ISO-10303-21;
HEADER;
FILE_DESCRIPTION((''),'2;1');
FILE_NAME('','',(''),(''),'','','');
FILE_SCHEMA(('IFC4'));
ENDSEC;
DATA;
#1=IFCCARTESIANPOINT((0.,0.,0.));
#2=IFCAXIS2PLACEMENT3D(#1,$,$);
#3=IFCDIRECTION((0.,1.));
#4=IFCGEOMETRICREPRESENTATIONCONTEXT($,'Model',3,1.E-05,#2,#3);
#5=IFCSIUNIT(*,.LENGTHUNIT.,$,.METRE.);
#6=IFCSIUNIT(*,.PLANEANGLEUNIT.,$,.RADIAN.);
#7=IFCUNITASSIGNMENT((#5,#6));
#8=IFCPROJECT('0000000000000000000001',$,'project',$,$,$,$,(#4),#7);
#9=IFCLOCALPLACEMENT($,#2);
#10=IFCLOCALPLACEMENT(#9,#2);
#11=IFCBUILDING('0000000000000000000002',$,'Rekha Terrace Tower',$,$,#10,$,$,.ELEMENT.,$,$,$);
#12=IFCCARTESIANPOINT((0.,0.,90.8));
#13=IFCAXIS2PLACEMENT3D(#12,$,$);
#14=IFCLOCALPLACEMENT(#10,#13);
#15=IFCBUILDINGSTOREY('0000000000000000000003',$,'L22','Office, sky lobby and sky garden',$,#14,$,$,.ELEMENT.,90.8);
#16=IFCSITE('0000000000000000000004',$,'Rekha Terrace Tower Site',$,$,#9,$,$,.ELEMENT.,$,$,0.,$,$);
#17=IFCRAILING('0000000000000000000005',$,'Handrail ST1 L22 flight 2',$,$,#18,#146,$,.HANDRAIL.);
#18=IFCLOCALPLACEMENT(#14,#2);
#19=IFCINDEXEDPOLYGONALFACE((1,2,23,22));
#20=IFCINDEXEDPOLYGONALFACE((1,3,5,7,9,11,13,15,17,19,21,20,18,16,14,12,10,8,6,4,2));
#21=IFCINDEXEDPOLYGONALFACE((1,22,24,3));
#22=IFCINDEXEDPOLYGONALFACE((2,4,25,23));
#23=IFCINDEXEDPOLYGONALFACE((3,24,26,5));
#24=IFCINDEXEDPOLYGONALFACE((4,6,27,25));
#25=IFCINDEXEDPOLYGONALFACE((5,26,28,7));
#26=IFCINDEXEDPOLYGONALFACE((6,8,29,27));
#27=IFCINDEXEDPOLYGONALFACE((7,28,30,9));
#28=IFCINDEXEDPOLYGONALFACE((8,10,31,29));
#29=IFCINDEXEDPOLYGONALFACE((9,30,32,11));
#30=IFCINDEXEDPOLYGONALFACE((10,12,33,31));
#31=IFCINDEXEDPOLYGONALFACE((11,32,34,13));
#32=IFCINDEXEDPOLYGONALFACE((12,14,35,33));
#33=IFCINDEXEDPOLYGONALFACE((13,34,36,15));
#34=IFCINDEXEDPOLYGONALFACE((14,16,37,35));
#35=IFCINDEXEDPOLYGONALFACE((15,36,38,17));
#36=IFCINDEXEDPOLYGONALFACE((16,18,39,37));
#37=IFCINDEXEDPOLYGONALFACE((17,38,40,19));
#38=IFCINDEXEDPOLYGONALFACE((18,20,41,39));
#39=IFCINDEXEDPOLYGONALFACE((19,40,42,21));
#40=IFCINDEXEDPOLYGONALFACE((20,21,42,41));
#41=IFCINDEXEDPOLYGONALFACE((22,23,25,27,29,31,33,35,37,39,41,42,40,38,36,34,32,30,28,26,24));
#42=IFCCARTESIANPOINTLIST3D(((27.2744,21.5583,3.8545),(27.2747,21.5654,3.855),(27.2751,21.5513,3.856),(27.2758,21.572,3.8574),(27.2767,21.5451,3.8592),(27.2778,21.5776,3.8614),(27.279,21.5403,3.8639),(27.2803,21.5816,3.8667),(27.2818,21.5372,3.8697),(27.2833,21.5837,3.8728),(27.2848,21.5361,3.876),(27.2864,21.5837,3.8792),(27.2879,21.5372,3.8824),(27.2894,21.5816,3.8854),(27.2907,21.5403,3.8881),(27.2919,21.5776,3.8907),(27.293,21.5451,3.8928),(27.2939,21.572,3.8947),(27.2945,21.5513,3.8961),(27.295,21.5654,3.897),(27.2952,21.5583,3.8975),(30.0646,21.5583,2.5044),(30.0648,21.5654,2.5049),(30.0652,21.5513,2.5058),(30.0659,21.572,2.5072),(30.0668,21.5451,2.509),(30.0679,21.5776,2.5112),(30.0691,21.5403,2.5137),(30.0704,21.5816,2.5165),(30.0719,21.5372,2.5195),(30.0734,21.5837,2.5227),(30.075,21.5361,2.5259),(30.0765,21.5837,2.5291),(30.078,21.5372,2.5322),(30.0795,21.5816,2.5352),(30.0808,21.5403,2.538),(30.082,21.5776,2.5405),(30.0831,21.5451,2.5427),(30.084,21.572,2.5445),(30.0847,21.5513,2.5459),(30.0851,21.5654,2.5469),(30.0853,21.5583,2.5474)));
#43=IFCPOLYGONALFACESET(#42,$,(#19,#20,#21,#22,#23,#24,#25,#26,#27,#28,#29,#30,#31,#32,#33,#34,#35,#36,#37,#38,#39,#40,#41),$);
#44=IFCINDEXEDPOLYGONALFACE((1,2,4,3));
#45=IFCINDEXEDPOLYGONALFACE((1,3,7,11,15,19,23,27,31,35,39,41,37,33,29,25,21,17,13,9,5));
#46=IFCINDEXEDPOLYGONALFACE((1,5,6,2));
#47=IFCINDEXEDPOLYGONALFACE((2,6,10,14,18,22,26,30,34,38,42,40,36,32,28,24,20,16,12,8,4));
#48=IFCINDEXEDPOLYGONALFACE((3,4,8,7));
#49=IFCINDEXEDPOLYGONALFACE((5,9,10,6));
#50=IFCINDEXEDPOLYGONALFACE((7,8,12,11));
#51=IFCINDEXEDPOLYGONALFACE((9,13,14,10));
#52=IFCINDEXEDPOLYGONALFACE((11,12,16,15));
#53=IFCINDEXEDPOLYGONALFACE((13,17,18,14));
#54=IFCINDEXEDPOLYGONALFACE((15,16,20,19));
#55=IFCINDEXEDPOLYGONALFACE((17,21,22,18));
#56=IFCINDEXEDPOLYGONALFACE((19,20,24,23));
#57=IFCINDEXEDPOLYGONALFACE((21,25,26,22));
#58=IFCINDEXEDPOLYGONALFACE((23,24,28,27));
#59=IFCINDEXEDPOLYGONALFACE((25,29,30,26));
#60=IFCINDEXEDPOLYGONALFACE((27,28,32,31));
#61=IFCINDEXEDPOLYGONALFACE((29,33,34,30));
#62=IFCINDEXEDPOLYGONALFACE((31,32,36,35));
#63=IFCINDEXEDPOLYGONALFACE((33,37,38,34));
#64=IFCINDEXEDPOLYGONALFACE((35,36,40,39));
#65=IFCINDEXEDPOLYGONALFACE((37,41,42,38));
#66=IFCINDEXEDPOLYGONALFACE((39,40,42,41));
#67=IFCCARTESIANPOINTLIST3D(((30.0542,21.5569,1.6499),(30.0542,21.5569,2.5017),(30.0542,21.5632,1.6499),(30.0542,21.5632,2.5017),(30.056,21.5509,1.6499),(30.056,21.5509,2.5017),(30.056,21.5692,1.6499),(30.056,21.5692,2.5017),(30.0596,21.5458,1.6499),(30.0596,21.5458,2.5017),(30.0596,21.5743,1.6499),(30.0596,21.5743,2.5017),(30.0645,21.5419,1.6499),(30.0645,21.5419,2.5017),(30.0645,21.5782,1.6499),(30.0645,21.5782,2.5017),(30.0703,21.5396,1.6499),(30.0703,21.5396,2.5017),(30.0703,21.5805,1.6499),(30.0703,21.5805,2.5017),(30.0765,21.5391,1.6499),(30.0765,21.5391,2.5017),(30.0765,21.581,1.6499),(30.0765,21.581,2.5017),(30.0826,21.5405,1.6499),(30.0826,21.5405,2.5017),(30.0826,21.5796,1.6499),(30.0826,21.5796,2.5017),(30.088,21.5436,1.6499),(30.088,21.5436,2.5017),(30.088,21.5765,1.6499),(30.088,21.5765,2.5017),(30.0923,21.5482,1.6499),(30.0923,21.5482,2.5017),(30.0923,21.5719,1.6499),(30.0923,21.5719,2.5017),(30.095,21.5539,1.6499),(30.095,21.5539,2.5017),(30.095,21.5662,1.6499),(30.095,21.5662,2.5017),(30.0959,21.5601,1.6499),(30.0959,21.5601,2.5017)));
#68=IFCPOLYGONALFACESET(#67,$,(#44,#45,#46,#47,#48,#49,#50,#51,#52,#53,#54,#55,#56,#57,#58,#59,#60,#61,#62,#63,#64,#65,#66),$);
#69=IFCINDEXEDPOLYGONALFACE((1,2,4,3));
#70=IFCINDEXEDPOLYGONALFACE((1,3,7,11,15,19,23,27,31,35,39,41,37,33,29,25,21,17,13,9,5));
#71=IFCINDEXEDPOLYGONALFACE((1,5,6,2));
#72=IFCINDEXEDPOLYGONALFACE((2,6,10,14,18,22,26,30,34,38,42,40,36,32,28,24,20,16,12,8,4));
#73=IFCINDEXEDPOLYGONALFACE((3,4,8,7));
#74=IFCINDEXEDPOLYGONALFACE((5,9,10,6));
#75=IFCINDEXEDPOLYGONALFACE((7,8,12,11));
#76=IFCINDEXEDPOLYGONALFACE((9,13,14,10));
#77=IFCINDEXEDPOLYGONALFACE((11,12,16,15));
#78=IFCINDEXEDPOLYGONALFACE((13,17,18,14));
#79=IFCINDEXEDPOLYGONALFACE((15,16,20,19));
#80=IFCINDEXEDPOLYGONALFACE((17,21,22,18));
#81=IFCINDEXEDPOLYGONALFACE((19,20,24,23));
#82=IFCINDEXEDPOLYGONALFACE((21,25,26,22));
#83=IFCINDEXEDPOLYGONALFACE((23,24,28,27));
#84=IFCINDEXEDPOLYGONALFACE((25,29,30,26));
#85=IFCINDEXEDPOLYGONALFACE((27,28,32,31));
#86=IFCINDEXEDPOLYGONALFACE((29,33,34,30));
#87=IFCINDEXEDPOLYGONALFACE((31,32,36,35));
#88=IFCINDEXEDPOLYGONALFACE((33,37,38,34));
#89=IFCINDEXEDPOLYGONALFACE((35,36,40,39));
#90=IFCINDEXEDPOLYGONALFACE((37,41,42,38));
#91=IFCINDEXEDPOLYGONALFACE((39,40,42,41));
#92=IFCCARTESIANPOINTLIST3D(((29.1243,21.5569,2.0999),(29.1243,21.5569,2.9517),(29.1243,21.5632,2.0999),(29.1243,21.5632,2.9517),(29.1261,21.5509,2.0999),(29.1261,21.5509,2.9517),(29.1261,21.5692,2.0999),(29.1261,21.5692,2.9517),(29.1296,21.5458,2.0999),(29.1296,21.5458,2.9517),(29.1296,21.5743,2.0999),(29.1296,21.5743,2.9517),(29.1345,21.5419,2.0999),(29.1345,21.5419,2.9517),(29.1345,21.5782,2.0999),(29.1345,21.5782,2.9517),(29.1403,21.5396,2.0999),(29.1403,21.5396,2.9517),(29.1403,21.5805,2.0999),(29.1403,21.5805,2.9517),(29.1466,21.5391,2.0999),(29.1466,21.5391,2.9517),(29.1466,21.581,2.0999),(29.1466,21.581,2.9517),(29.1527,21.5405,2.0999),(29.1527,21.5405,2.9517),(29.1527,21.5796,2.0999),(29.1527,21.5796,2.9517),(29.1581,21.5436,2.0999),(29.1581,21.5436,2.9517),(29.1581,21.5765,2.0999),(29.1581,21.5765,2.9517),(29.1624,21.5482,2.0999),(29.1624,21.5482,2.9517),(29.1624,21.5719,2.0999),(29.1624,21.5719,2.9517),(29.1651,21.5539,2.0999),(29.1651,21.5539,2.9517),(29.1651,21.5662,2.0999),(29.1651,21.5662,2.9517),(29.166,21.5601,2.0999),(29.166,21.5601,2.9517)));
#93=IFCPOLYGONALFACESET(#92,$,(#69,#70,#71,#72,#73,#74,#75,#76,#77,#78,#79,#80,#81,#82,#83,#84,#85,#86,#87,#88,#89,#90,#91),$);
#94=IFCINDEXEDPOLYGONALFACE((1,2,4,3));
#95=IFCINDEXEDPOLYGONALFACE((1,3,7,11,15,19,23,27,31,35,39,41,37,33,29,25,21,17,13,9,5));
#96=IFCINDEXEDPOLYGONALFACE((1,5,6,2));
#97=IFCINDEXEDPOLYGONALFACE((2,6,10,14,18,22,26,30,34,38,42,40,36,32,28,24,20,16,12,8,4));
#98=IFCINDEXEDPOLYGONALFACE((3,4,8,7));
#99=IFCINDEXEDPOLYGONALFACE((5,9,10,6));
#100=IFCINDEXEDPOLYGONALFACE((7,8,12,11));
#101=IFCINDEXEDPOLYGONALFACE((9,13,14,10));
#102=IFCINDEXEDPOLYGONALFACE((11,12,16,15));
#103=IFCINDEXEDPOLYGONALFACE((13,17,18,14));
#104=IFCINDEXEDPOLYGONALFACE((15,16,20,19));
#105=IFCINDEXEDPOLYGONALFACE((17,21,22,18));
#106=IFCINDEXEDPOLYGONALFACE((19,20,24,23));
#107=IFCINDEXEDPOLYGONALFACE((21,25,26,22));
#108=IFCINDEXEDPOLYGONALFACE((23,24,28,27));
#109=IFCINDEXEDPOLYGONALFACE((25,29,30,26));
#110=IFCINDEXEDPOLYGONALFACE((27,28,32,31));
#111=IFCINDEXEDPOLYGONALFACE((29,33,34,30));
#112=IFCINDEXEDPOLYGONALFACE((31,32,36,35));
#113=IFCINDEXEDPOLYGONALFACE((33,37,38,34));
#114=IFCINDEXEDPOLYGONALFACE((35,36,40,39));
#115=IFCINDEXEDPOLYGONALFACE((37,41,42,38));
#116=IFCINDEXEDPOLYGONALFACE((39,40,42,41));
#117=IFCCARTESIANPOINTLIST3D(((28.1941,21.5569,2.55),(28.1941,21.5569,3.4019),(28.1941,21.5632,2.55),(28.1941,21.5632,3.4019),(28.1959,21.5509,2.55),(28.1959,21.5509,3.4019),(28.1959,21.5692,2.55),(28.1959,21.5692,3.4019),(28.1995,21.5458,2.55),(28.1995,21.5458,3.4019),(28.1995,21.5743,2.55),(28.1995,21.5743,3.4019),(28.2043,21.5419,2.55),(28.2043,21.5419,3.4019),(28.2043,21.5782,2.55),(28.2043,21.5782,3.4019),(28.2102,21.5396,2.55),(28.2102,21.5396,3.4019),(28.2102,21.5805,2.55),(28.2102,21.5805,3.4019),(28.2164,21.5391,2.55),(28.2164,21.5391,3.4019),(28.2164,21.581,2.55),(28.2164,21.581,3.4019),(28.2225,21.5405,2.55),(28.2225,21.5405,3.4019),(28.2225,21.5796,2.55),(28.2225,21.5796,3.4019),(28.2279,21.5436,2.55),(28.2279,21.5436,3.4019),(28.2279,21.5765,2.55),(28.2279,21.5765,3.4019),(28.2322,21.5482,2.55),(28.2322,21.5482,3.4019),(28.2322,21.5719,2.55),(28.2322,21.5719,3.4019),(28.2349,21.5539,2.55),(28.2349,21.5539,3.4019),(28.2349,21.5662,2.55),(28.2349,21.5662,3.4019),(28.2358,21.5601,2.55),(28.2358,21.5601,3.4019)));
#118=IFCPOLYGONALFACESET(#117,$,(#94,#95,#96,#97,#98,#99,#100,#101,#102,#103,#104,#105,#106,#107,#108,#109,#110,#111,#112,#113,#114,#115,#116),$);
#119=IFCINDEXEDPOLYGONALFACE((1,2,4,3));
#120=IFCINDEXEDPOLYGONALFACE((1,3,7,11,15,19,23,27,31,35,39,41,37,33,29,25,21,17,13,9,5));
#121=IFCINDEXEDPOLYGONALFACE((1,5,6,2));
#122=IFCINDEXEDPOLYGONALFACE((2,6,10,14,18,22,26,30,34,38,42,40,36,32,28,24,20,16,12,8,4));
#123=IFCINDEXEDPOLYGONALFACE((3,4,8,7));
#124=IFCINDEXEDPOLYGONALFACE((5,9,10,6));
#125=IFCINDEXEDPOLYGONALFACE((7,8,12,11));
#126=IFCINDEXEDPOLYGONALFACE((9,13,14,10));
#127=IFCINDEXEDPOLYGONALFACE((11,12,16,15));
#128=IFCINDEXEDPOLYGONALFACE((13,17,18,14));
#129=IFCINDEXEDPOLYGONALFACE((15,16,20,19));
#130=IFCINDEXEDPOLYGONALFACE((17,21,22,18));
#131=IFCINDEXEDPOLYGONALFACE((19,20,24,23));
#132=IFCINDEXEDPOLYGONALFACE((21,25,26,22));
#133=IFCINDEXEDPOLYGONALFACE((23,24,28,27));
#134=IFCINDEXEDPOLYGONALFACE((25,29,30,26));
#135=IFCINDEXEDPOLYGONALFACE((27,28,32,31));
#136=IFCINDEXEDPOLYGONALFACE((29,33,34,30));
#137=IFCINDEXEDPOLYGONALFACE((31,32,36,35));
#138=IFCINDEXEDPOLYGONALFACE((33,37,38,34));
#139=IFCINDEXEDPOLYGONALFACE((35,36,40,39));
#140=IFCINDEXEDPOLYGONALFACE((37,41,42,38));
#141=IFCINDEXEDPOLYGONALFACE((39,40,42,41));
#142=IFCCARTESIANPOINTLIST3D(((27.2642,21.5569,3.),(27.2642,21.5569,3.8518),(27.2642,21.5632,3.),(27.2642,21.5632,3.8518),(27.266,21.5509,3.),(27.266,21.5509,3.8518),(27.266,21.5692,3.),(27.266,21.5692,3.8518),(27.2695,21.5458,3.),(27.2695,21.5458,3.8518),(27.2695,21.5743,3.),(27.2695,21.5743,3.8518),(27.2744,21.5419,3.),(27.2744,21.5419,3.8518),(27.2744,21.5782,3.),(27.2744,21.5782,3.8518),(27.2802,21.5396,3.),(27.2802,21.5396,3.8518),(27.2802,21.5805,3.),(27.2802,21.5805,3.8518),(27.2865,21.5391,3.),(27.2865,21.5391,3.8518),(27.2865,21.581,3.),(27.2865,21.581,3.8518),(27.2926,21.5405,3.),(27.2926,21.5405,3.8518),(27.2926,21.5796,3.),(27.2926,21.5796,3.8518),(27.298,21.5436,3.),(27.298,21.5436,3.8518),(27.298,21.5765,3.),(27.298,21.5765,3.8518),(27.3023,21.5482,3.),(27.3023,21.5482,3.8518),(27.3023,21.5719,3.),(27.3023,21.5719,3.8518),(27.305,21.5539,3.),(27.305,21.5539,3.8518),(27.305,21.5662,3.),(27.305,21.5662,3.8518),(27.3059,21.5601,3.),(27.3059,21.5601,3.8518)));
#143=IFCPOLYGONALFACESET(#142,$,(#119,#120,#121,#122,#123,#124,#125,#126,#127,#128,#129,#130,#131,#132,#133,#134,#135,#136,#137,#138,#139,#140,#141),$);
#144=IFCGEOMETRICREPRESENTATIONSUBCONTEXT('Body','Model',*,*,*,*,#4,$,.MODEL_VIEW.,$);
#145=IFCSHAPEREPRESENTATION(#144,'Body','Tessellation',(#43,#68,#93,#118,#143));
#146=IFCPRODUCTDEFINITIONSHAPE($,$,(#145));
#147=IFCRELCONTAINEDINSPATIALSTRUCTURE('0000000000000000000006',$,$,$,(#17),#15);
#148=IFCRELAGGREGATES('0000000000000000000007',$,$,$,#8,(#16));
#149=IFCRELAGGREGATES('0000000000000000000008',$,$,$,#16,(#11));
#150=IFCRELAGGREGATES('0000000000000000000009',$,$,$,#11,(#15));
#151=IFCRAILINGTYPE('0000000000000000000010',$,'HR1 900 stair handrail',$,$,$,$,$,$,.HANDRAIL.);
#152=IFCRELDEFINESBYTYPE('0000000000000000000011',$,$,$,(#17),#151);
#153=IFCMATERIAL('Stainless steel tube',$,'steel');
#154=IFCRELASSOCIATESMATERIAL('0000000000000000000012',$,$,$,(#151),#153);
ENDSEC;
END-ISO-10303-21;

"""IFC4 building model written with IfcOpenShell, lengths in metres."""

from ifc_helpers import new_model, si_unit, direction, frame, origin, origin_2d, place, context, subcontext, project, spatial, circle, extrude, material, type_object, element, save


model = new_model("IFC4")

# Units and contexts
model_context = context("Model", 3, precision=1e-05, world=origin(), true_north=direction((0.0, 1.0)))
body_context = subcontext(model_context, "Body", "Model", "MODEL_VIEW")
ifc_project = project(units=[si_unit("LENGTHUNIT", "METRE"), si_unit("PLANEANGLEUNIT", "RADIAN")], contexts=[model_context])

# Site, building, storey
site_placement = place(None, origin())
site = spatial("IfcSite", under=ifc_project, at=site_placement, Name="Rekha Terrace Tower Site", CompositionType="ELEMENT", RefElevation=0.0)
building_placement = place(site_placement, origin())
building = spatial("IfcBuilding", under=site, at=building_placement, Name="Rekha Terrace Tower", CompositionType="ELEMENT")
storey_placement = place(building_placement, frame((0.0, 0.0, 90.8)))
storey = spatial("IfcBuildingStorey", under=building, at=storey_placement, Name="L22", Description="Office, sky lobby and sky garden", CompositionType="ELEMENT", Elevation=90.8)

# Railing
ifc_material_1 = material(Name="Stainless steel tube", Category="steel")
railing_type_1 = type_object("IfcRailingType", Name="HR1 900 stair handrail", PredefinedType="HANDRAIL", material=ifc_material_1)
railing_1_placement = place(storey_placement, frame((30.075, 21.5601, 1.6499)))
element("IfcRailing", 1, at=railing_1_placement, inside=storey, type_object=railing_type_1, Name="Handrail ST1 L22 flight 2", PredefinedType="HANDRAIL", context=body_context, shape_type="SweptSolid", body=[
    extrude(circle(Radius=0.0239, at=origin_2d()), frame((0.0, 0.0, 0.876), z_axis=(-0.900149, 0.0, 0.435582), x_axis=(0.0, -1.0, 0.0)), (0.0, 0.0, 1.0), 3.0996),
    extrude(circle(Radius=0.021, at=origin_2d()), origin(), (0.0, 0.0, 1.0), 0.8518),
    extrude(circle(Radius=0.021, at=origin_2d()), frame((-0.9299, 0.0, 0.45)), (0.0, 0.0, 1.0), 0.8518),
    extrude(circle(Radius=0.021, at=origin_2d()), frame((-1.8601, 0.0, 0.9001)), (0.0, 0.0, 1.0), 0.8518),
    extrude(circle(Radius=0.021, at=origin_2d()), frame((-2.79, 0.0, 1.3501)), (0.0, 0.0, 1.0), 0.8518),
])

save(model, "model.ifc")
